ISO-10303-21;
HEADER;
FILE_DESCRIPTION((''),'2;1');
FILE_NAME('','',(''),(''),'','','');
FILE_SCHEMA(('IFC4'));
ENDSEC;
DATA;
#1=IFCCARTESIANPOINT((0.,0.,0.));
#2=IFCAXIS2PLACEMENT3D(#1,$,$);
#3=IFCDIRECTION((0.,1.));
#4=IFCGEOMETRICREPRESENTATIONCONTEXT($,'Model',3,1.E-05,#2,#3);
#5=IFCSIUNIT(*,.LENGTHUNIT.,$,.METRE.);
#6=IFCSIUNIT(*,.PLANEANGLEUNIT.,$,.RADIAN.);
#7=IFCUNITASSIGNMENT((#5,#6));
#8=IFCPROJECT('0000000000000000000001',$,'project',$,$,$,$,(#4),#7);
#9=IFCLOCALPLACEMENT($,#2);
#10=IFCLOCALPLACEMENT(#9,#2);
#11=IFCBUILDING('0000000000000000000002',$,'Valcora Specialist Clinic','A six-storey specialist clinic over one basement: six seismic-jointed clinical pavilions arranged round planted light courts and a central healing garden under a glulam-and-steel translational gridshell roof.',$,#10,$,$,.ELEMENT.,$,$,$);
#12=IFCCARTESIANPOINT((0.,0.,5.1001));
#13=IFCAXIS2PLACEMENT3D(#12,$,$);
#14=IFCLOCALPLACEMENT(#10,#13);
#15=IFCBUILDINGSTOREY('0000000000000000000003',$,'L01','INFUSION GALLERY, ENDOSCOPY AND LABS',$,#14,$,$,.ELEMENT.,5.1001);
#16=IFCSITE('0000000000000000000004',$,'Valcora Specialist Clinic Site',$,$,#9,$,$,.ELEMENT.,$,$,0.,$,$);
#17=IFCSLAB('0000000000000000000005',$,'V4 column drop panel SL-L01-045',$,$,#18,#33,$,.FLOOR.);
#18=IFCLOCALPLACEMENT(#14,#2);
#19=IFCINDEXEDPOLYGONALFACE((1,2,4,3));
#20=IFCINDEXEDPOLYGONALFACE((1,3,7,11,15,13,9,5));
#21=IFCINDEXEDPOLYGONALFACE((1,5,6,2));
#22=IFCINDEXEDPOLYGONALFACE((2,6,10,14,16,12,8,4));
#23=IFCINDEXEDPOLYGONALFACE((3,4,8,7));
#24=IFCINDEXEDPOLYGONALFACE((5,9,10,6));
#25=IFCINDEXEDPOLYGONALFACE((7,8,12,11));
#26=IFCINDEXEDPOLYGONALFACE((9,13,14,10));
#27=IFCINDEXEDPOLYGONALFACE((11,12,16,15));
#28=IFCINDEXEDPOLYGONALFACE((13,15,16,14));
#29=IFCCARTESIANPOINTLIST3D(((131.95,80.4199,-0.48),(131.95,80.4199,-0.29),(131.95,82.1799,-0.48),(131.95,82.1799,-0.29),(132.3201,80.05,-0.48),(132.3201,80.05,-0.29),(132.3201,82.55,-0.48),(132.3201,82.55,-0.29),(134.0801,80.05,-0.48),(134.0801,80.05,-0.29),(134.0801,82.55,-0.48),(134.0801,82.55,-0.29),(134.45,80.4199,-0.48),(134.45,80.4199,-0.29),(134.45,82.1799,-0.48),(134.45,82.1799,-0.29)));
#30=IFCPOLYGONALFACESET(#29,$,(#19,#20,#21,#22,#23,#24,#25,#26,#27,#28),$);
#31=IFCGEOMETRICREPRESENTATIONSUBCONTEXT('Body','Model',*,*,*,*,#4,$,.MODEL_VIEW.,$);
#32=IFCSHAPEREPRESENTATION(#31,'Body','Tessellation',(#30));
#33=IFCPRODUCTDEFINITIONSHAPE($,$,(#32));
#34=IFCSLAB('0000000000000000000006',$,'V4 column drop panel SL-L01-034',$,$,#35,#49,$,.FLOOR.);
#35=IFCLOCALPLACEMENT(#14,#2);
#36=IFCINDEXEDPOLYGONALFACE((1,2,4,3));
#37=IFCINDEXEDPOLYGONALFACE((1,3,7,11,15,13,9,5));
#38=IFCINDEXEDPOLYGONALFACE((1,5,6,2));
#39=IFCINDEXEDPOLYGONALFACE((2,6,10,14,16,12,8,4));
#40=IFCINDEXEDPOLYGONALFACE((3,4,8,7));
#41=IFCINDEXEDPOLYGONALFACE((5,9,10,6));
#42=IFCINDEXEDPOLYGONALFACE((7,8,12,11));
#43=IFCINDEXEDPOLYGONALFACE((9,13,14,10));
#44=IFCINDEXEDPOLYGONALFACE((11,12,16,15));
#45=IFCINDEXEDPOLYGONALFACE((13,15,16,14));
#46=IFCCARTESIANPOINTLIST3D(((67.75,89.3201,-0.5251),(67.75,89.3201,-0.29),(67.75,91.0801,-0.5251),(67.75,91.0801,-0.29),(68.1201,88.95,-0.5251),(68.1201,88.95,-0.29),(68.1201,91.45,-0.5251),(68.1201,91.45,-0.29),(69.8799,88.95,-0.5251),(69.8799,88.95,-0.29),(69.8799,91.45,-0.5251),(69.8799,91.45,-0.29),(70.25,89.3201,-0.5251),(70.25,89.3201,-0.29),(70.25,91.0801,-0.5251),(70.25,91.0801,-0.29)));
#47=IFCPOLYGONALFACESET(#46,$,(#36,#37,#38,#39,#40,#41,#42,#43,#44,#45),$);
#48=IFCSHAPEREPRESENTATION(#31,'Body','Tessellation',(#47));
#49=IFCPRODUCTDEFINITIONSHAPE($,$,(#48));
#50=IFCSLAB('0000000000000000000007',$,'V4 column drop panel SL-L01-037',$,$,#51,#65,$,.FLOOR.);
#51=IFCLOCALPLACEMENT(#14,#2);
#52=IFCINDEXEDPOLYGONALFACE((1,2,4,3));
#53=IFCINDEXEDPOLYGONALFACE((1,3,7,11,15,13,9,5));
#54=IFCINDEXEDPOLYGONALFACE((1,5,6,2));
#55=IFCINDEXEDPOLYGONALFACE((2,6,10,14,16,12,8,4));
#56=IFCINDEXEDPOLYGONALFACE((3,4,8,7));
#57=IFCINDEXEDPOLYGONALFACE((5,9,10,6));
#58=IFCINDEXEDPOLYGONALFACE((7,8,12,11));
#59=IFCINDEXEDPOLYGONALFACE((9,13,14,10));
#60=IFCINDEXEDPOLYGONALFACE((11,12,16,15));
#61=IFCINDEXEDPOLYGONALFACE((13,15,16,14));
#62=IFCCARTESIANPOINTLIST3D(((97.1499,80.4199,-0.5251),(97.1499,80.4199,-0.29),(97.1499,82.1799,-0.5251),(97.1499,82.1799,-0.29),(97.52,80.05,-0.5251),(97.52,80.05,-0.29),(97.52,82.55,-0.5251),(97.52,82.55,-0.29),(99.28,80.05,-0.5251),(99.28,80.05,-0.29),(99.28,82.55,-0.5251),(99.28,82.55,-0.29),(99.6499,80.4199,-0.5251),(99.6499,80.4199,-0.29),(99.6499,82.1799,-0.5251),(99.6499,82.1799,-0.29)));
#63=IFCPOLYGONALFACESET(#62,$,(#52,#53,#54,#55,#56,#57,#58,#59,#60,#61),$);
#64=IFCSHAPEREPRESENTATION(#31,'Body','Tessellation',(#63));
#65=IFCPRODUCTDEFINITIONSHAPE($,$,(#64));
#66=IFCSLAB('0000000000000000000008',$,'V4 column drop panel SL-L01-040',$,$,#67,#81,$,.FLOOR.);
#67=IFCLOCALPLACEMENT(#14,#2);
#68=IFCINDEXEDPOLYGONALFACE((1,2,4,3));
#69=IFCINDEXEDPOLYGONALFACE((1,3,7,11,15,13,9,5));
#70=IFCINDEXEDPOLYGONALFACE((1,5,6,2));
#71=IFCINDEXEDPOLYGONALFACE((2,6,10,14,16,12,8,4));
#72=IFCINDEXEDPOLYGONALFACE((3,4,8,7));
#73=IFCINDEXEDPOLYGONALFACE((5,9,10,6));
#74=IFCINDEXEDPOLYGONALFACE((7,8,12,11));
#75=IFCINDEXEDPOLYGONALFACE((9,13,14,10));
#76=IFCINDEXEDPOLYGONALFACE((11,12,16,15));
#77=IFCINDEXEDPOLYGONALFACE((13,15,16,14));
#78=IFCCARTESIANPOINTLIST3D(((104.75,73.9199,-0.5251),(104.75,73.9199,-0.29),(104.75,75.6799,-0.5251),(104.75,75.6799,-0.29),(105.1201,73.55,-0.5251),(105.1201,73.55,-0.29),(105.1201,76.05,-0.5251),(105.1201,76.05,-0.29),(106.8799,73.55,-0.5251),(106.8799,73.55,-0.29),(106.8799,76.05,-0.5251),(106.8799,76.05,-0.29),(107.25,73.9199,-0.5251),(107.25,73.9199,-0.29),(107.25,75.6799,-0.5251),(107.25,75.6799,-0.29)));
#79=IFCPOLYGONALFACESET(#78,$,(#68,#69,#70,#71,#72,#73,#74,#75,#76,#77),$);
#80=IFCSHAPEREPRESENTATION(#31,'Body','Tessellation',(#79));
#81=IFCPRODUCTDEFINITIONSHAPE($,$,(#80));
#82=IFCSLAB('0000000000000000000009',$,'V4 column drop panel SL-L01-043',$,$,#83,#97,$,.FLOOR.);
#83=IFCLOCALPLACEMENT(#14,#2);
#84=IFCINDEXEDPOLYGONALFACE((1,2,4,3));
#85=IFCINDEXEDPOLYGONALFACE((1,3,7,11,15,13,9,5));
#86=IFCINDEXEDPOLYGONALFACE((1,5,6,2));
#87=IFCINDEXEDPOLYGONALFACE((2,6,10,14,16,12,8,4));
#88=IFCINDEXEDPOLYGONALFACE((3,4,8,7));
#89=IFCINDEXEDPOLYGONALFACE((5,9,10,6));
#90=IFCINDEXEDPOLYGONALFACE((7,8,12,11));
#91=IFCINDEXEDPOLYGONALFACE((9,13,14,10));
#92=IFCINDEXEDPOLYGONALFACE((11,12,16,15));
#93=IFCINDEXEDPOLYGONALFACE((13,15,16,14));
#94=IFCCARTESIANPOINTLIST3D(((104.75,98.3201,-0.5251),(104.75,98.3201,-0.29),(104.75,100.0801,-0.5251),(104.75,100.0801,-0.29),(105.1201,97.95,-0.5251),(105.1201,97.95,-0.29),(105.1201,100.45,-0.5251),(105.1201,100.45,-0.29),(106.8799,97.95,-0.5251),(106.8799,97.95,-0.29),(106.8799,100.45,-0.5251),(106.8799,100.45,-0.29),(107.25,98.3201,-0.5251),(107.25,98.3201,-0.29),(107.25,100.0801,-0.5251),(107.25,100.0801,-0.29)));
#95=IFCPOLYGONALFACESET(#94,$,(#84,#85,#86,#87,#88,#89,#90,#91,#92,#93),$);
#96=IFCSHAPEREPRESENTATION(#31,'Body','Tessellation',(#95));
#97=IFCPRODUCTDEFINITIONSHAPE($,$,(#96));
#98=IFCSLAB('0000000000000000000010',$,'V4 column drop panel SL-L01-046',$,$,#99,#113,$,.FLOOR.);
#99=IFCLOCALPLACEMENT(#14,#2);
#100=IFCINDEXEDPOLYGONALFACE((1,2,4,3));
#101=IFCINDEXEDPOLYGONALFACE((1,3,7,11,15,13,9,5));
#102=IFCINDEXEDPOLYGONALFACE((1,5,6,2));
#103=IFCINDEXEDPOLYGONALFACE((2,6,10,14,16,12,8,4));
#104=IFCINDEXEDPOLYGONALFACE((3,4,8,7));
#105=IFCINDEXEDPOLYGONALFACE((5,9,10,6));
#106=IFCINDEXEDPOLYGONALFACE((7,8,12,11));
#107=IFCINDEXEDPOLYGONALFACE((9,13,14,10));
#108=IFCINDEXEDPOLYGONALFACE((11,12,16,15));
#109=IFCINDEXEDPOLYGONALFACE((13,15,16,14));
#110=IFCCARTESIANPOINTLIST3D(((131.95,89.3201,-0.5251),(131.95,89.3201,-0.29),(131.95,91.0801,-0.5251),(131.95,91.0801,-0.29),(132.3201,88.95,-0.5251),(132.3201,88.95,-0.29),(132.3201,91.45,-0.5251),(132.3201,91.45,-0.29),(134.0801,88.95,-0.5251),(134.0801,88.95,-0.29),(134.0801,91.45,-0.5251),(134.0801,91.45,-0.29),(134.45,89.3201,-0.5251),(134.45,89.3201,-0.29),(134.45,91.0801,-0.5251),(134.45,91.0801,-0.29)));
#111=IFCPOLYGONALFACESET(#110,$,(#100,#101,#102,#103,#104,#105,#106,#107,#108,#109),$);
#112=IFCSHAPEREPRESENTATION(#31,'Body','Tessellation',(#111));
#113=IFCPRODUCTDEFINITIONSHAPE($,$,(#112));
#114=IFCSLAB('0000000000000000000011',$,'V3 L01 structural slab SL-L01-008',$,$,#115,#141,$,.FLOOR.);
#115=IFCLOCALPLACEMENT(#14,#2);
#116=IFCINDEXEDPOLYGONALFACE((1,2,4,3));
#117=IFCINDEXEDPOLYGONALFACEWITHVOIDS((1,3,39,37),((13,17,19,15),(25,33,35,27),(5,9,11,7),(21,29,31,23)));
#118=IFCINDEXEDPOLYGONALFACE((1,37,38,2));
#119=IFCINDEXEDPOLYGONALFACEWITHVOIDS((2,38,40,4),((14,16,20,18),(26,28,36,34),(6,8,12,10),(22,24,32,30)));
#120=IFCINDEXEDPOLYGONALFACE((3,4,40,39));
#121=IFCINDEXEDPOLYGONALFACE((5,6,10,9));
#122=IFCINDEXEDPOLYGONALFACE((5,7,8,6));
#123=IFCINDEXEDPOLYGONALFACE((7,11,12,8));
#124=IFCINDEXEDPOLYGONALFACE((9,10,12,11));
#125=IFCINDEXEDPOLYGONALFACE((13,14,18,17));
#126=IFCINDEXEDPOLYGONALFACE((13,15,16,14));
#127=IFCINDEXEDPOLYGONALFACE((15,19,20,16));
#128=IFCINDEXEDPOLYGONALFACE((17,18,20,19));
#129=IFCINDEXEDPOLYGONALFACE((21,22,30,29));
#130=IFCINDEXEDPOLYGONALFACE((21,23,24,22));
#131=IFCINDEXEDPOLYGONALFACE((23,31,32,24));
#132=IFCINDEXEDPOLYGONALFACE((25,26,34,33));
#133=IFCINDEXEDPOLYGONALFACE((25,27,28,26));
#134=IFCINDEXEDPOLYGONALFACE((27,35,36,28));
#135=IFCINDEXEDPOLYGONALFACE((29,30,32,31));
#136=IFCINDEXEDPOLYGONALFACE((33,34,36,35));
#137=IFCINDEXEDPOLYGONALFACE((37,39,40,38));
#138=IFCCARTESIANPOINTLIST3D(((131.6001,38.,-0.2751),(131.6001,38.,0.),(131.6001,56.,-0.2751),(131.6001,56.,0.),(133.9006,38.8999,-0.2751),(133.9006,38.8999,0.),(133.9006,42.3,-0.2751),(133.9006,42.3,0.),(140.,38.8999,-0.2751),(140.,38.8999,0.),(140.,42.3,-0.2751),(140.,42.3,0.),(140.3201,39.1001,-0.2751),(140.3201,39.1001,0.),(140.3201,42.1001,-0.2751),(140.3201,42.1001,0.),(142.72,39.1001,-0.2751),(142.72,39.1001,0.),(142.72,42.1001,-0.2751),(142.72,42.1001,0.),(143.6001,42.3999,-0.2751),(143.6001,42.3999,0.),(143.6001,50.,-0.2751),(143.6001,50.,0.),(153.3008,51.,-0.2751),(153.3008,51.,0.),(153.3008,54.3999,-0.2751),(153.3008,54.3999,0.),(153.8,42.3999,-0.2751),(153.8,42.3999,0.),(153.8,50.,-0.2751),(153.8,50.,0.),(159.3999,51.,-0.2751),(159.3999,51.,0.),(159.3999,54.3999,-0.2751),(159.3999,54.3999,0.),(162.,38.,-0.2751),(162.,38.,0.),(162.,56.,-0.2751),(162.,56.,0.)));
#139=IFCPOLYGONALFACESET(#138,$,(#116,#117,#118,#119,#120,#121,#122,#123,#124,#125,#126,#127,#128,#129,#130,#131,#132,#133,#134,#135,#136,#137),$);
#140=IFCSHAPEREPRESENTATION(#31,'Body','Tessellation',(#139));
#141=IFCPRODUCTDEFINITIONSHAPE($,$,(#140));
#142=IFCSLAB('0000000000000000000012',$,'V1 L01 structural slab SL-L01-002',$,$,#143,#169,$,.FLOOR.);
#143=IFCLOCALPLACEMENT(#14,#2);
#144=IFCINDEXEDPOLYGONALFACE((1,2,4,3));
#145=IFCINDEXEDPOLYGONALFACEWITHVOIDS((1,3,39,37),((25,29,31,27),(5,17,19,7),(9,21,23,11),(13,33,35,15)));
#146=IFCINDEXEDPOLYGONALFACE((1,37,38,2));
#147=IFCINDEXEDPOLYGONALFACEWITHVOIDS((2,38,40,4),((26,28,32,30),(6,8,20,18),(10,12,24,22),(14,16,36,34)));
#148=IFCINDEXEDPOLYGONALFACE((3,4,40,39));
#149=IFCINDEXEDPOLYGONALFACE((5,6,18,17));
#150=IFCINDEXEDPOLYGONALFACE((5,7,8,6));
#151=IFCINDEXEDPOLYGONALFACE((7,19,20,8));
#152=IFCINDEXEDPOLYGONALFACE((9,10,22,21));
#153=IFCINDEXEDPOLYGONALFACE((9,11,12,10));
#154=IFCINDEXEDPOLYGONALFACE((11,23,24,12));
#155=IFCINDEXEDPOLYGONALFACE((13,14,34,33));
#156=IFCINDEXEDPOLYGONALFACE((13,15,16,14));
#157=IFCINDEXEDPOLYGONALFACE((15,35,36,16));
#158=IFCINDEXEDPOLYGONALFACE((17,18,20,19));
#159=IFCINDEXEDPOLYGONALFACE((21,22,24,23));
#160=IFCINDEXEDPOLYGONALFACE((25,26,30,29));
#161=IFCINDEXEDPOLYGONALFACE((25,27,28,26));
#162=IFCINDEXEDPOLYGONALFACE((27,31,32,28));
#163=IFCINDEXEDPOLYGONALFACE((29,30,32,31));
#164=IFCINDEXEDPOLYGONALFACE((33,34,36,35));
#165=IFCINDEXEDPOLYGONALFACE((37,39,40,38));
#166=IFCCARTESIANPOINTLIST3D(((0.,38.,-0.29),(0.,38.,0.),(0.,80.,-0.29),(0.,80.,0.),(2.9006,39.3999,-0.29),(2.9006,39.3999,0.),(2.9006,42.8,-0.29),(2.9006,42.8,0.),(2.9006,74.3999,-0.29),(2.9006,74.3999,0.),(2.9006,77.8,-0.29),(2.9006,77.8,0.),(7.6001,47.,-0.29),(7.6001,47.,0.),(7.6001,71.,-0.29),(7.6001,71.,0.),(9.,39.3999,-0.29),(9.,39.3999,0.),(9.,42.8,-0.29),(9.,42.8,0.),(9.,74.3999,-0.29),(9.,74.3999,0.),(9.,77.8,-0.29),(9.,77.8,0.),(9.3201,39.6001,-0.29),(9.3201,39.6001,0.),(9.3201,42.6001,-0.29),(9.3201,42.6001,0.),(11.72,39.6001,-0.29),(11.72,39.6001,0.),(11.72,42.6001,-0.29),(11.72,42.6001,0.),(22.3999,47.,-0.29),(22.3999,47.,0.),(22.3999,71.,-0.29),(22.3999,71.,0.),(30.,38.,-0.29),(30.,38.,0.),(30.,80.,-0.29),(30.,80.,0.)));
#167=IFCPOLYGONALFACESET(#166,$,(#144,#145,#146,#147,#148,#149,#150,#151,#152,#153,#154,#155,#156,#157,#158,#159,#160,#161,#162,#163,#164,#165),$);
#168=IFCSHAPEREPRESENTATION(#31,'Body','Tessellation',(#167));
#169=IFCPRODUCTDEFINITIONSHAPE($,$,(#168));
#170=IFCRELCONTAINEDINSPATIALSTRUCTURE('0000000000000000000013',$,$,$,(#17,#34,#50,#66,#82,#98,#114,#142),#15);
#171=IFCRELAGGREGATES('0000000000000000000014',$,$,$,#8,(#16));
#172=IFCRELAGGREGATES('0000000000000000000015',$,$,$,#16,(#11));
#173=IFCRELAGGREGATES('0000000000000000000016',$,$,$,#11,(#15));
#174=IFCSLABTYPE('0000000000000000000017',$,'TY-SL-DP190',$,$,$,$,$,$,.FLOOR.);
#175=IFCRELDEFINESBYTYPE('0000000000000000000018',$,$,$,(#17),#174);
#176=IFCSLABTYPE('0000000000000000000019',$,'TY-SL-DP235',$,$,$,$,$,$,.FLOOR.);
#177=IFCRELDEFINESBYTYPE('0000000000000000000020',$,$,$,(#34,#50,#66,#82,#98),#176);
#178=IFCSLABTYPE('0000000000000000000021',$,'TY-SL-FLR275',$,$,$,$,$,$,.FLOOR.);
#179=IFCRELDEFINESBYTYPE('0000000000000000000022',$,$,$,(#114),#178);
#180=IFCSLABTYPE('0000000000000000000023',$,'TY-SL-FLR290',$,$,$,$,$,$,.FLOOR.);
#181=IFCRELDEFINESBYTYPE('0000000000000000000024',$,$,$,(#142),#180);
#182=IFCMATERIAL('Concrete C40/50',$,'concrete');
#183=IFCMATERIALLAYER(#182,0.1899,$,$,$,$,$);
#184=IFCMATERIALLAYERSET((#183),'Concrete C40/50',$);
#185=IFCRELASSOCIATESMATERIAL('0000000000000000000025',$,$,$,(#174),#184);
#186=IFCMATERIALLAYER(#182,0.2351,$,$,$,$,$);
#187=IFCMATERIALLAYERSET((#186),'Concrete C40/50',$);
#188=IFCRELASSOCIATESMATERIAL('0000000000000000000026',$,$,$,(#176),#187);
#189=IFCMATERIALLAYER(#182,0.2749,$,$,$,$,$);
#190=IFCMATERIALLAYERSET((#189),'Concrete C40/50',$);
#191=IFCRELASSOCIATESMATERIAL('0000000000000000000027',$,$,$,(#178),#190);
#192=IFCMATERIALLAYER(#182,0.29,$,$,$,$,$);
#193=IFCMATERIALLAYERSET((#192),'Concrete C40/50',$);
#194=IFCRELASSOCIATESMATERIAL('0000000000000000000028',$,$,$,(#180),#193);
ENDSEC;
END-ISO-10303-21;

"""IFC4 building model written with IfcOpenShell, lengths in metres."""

from ifc_helpers import new_model, si_unit, direction, frame, origin, place, context, subcontext, project, spatial, polyline, outline, extrude, material, layer, layer_set, type_object, element, save


model = new_model("IFC4")

# Units and contexts
model_context = context("Model", 3, precision=1e-05, world=origin(), true_north=direction((0.0, 1.0)))
body_context = subcontext(model_context, "Body", "Model", "MODEL_VIEW")
ifc_project = project(units=[si_unit("LENGTHUNIT", "METRE"), si_unit("PLANEANGLEUNIT", "RADIAN")], contexts=[model_context])

# Site, building, storey
site_placement = place(None, origin())
site = spatial("IfcSite", under=ifc_project, at=site_placement, Name="Valcora Specialist Clinic Site", CompositionType="ELEMENT", RefElevation=0.0)
building_placement = place(site_placement, origin())
building = spatial("IfcBuilding", under=site, at=building_placement, Name="Valcora Specialist Clinic", Description="A six-storey specialist clinic over one basement: six seismic-jointed clinical pavilions arranged round planted light courts and a central healing garden under a glulam-and-steel translational gridshell roof.", CompositionType="ELEMENT")
storey_placement = place(building_placement, frame((0.0, 0.0, 5.1001)))
storey = spatial("IfcBuildingStorey", under=building, at=storey_placement, Name="L01", Description="INFUSION GALLERY, ENDOSCOPY AND LABS", CompositionType="ELEMENT", Elevation=5.1001)

# Slabs
ifc_material_1 = material(Name="Concrete C40/50", Category="concrete")
ifc_layer_1 = layer(ifc_material_1, 0.1899)
ifc_layer_set_1 = layer_set([ifc_layer_1], Name="Concrete C40/50")
slab_type_1 = type_object("IfcSlabType", Name="TY-SL-DP190", PredefinedType="FLOOR", material=ifc_layer_set_1)
slab_1_placement = place(storey_placement, frame((0.0, 0.0, -0.48)))
element("IfcSlab", 1, at=slab_1_placement, inside=storey, type_object=slab_type_1, Name="V4 column drop panel SL-L01-045", PredefinedType="FLOOR", context=body_context, shape_type="SweptSolid", body=[
    extrude(outline(polyline([(132.3201, 80.05), (134.0801, 80.05), (134.45, 80.4199), (134.45, 82.1799), (134.0801, 82.55), (132.3201, 82.55), (131.95, 82.1799), (131.95, 80.4199), (132.3201, 80.05)])), origin(), (0.0, 0.0, 1.0), 0.1899),
])
ifc_layer_2 = layer(ifc_material_1, 0.2351)
ifc_layer_set_2 = layer_set([ifc_layer_2], Name="Concrete C40/50")
slab_type_2 = type_object("IfcSlabType", Name="TY-SL-DP235", PredefinedType="FLOOR", material=ifc_layer_set_2)
slab_2_placement = place(storey_placement, frame((0.0, 0.0, -0.5251)))
element("IfcSlab", 2, at=slab_2_placement, inside=storey, type_object=slab_type_2, Name="V4 column drop panel SL-L01-034", PredefinedType="FLOOR", context=body_context, shape_type="SweptSolid", body=[
    extrude(outline(polyline([(68.1201, 88.95), (69.8799, 88.95), (70.25, 89.3201), (70.25, 91.0801), (69.8799, 91.45), (68.1201, 91.45), (67.75, 91.0801), (67.75, 89.3201), (68.1201, 88.95)])), origin(), (0.0, 0.0, 1.0), 0.2351),
])
slab_3_placement = place(storey_placement, frame((0.0, 0.0, -0.5251)))
element("IfcSlab", 3, at=slab_3_placement, inside=storey, type_object=slab_type_2, Name="V4 column drop panel SL-L01-037", PredefinedType="FLOOR", context=body_context, shape_type="SweptSolid", body=[
    extrude(outline(polyline([(97.52, 80.05), (99.28, 80.05), (99.6499, 80.4199), (99.6499, 82.1799), (99.28, 82.55), (97.52, 82.55), (97.1499, 82.1799), (97.1499, 80.4199), (97.52, 80.05)])), origin(), (0.0, 0.0, 1.0), 0.2351),
])
slab_4_placement = place(storey_placement, frame((0.0, 0.0, -0.5251)))
element("IfcSlab", 4, at=slab_4_placement, inside=storey, type_object=slab_type_2, Name="V4 column drop panel SL-L01-040", PredefinedType="FLOOR", context=body_context, shape_type="SweptSolid", body=[
    extrude(outline(polyline([(105.1201, 73.55), (106.8799, 73.55), (107.25, 73.9199), (107.25, 75.6799), (106.8799, 76.05), (105.1201, 76.05), (104.75, 75.6799), (104.75, 73.9199), (105.1201, 73.55)])), origin(), (0.0, 0.0, 1.0), 0.2351),
])
slab_5_placement = place(storey_placement, frame((0.0, 0.0, -0.5251)))
element("IfcSlab", 5, at=slab_5_placement, inside=storey, type_object=slab_type_2, Name="V4 column drop panel SL-L01-043", PredefinedType="FLOOR", context=body_context, shape_type="SweptSolid", body=[
    extrude(outline(polyline([(105.1201, 97.95), (106.8799, 97.95), (107.25, 98.3201), (107.25, 100.0801), (106.8799, 100.45), (105.1201, 100.45), (104.75, 100.0801), (104.75, 98.3201), (105.1201, 97.95)])), origin(), (0.0, 0.0, 1.0), 0.2351),
])
slab_6_placement = place(storey_placement, frame((0.0, 0.0, -0.5251)))
element("IfcSlab", 6, at=slab_6_placement, inside=storey, type_object=slab_type_2, Name="V4 column drop panel SL-L01-046", PredefinedType="FLOOR", context=body_context, shape_type="SweptSolid", body=[
    extrude(outline(polyline([(132.3201, 88.95), (134.0801, 88.95), (134.45, 89.3201), (134.45, 91.0801), (134.0801, 91.45), (132.3201, 91.45), (131.95, 91.0801), (131.95, 89.3201), (132.3201, 88.95)])), origin(), (0.0, 0.0, 1.0), 0.2351),
])
ifc_layer_3 = layer(ifc_material_1, 0.2749)
ifc_layer_set_3 = layer_set([ifc_layer_3], Name="Concrete C40/50")
slab_type_3 = type_object("IfcSlabType", Name="TY-SL-FLR275", PredefinedType="FLOOR", material=ifc_layer_set_3)
slab_7_placement = place(storey_placement, frame((0.0, 0.0, -0.2751)))
element("IfcSlab", 7, at=slab_7_placement, inside=storey, type_object=slab_type_3, Name="V3 L01 structural slab SL-L01-008", PredefinedType="FLOOR", context=body_context, shape_type="SweptSolid", body=[
    extrude(outline(polyline([(131.6001, 38.0), (162.0, 38.0), (162.0, 56.0), (131.6001, 56.0), (131.6001, 38.0)]), holes=[polyline([(143.6001, 42.3999), (153.8, 42.3999), (153.8, 50.0), (143.6001, 50.0), (143.6001, 42.3999)]), polyline([(133.9006, 38.8999), (140.0, 38.8999), (140.0, 42.3), (133.9006, 42.3), (133.9006, 38.8999)]), polyline([(140.3201, 39.1001), (142.72, 39.1001), (142.72, 42.1001), (140.3201, 42.1001), (140.3201, 39.1001)]), polyline([(153.3008, 51.0), (159.3999, 51.0), (159.3999, 54.3999), (153.3008, 54.3999), (153.3008, 51.0)])]), origin(), (0.0, 0.0, 1.0), 0.2751),
])
ifc_layer_4 = layer(ifc_material_1, 0.29)
ifc_layer_set_4 = layer_set([ifc_layer_4], Name="Concrete C40/50")
slab_type_4 = type_object("IfcSlabType", Name="TY-SL-FLR290", PredefinedType="FLOOR", material=ifc_layer_set_4)
slab_8_placement = place(storey_placement, frame((0.0, 0.0, -0.29)))
element("IfcSlab", 8, at=slab_8_placement, inside=storey, type_object=slab_type_4, Name="V1 L01 structural slab SL-L01-002", PredefinedType="FLOOR", context=body_context, shape_type="SweptSolid", body=[
    extrude(outline(polyline([(0.0, 38.0), (30.0, 38.0), (30.0, 80.0), (0.0, 80.0), (0.0, 38.0)]), holes=[polyline([(7.6001, 47.0), (22.3999, 47.0), (22.3999, 71.0), (7.6001, 71.0), (7.6001, 47.0)]), polyline([(2.9006, 39.3999), (9.0, 39.3999), (9.0, 42.8), (2.9006, 42.8), (2.9006, 39.3999)]), polyline([(9.3201, 39.6001), (11.72, 39.6001), (11.72, 42.6001), (9.3201, 42.6001), (9.3201, 39.6001)]), polyline([(2.9006, 74.3999), (9.0, 74.3999), (9.0, 77.8), (2.9006, 77.8), (2.9006, 74.3999)])]), origin(), (0.0, 0.0, 1.0), 0.29),
])

save(model, "model.ifc")
